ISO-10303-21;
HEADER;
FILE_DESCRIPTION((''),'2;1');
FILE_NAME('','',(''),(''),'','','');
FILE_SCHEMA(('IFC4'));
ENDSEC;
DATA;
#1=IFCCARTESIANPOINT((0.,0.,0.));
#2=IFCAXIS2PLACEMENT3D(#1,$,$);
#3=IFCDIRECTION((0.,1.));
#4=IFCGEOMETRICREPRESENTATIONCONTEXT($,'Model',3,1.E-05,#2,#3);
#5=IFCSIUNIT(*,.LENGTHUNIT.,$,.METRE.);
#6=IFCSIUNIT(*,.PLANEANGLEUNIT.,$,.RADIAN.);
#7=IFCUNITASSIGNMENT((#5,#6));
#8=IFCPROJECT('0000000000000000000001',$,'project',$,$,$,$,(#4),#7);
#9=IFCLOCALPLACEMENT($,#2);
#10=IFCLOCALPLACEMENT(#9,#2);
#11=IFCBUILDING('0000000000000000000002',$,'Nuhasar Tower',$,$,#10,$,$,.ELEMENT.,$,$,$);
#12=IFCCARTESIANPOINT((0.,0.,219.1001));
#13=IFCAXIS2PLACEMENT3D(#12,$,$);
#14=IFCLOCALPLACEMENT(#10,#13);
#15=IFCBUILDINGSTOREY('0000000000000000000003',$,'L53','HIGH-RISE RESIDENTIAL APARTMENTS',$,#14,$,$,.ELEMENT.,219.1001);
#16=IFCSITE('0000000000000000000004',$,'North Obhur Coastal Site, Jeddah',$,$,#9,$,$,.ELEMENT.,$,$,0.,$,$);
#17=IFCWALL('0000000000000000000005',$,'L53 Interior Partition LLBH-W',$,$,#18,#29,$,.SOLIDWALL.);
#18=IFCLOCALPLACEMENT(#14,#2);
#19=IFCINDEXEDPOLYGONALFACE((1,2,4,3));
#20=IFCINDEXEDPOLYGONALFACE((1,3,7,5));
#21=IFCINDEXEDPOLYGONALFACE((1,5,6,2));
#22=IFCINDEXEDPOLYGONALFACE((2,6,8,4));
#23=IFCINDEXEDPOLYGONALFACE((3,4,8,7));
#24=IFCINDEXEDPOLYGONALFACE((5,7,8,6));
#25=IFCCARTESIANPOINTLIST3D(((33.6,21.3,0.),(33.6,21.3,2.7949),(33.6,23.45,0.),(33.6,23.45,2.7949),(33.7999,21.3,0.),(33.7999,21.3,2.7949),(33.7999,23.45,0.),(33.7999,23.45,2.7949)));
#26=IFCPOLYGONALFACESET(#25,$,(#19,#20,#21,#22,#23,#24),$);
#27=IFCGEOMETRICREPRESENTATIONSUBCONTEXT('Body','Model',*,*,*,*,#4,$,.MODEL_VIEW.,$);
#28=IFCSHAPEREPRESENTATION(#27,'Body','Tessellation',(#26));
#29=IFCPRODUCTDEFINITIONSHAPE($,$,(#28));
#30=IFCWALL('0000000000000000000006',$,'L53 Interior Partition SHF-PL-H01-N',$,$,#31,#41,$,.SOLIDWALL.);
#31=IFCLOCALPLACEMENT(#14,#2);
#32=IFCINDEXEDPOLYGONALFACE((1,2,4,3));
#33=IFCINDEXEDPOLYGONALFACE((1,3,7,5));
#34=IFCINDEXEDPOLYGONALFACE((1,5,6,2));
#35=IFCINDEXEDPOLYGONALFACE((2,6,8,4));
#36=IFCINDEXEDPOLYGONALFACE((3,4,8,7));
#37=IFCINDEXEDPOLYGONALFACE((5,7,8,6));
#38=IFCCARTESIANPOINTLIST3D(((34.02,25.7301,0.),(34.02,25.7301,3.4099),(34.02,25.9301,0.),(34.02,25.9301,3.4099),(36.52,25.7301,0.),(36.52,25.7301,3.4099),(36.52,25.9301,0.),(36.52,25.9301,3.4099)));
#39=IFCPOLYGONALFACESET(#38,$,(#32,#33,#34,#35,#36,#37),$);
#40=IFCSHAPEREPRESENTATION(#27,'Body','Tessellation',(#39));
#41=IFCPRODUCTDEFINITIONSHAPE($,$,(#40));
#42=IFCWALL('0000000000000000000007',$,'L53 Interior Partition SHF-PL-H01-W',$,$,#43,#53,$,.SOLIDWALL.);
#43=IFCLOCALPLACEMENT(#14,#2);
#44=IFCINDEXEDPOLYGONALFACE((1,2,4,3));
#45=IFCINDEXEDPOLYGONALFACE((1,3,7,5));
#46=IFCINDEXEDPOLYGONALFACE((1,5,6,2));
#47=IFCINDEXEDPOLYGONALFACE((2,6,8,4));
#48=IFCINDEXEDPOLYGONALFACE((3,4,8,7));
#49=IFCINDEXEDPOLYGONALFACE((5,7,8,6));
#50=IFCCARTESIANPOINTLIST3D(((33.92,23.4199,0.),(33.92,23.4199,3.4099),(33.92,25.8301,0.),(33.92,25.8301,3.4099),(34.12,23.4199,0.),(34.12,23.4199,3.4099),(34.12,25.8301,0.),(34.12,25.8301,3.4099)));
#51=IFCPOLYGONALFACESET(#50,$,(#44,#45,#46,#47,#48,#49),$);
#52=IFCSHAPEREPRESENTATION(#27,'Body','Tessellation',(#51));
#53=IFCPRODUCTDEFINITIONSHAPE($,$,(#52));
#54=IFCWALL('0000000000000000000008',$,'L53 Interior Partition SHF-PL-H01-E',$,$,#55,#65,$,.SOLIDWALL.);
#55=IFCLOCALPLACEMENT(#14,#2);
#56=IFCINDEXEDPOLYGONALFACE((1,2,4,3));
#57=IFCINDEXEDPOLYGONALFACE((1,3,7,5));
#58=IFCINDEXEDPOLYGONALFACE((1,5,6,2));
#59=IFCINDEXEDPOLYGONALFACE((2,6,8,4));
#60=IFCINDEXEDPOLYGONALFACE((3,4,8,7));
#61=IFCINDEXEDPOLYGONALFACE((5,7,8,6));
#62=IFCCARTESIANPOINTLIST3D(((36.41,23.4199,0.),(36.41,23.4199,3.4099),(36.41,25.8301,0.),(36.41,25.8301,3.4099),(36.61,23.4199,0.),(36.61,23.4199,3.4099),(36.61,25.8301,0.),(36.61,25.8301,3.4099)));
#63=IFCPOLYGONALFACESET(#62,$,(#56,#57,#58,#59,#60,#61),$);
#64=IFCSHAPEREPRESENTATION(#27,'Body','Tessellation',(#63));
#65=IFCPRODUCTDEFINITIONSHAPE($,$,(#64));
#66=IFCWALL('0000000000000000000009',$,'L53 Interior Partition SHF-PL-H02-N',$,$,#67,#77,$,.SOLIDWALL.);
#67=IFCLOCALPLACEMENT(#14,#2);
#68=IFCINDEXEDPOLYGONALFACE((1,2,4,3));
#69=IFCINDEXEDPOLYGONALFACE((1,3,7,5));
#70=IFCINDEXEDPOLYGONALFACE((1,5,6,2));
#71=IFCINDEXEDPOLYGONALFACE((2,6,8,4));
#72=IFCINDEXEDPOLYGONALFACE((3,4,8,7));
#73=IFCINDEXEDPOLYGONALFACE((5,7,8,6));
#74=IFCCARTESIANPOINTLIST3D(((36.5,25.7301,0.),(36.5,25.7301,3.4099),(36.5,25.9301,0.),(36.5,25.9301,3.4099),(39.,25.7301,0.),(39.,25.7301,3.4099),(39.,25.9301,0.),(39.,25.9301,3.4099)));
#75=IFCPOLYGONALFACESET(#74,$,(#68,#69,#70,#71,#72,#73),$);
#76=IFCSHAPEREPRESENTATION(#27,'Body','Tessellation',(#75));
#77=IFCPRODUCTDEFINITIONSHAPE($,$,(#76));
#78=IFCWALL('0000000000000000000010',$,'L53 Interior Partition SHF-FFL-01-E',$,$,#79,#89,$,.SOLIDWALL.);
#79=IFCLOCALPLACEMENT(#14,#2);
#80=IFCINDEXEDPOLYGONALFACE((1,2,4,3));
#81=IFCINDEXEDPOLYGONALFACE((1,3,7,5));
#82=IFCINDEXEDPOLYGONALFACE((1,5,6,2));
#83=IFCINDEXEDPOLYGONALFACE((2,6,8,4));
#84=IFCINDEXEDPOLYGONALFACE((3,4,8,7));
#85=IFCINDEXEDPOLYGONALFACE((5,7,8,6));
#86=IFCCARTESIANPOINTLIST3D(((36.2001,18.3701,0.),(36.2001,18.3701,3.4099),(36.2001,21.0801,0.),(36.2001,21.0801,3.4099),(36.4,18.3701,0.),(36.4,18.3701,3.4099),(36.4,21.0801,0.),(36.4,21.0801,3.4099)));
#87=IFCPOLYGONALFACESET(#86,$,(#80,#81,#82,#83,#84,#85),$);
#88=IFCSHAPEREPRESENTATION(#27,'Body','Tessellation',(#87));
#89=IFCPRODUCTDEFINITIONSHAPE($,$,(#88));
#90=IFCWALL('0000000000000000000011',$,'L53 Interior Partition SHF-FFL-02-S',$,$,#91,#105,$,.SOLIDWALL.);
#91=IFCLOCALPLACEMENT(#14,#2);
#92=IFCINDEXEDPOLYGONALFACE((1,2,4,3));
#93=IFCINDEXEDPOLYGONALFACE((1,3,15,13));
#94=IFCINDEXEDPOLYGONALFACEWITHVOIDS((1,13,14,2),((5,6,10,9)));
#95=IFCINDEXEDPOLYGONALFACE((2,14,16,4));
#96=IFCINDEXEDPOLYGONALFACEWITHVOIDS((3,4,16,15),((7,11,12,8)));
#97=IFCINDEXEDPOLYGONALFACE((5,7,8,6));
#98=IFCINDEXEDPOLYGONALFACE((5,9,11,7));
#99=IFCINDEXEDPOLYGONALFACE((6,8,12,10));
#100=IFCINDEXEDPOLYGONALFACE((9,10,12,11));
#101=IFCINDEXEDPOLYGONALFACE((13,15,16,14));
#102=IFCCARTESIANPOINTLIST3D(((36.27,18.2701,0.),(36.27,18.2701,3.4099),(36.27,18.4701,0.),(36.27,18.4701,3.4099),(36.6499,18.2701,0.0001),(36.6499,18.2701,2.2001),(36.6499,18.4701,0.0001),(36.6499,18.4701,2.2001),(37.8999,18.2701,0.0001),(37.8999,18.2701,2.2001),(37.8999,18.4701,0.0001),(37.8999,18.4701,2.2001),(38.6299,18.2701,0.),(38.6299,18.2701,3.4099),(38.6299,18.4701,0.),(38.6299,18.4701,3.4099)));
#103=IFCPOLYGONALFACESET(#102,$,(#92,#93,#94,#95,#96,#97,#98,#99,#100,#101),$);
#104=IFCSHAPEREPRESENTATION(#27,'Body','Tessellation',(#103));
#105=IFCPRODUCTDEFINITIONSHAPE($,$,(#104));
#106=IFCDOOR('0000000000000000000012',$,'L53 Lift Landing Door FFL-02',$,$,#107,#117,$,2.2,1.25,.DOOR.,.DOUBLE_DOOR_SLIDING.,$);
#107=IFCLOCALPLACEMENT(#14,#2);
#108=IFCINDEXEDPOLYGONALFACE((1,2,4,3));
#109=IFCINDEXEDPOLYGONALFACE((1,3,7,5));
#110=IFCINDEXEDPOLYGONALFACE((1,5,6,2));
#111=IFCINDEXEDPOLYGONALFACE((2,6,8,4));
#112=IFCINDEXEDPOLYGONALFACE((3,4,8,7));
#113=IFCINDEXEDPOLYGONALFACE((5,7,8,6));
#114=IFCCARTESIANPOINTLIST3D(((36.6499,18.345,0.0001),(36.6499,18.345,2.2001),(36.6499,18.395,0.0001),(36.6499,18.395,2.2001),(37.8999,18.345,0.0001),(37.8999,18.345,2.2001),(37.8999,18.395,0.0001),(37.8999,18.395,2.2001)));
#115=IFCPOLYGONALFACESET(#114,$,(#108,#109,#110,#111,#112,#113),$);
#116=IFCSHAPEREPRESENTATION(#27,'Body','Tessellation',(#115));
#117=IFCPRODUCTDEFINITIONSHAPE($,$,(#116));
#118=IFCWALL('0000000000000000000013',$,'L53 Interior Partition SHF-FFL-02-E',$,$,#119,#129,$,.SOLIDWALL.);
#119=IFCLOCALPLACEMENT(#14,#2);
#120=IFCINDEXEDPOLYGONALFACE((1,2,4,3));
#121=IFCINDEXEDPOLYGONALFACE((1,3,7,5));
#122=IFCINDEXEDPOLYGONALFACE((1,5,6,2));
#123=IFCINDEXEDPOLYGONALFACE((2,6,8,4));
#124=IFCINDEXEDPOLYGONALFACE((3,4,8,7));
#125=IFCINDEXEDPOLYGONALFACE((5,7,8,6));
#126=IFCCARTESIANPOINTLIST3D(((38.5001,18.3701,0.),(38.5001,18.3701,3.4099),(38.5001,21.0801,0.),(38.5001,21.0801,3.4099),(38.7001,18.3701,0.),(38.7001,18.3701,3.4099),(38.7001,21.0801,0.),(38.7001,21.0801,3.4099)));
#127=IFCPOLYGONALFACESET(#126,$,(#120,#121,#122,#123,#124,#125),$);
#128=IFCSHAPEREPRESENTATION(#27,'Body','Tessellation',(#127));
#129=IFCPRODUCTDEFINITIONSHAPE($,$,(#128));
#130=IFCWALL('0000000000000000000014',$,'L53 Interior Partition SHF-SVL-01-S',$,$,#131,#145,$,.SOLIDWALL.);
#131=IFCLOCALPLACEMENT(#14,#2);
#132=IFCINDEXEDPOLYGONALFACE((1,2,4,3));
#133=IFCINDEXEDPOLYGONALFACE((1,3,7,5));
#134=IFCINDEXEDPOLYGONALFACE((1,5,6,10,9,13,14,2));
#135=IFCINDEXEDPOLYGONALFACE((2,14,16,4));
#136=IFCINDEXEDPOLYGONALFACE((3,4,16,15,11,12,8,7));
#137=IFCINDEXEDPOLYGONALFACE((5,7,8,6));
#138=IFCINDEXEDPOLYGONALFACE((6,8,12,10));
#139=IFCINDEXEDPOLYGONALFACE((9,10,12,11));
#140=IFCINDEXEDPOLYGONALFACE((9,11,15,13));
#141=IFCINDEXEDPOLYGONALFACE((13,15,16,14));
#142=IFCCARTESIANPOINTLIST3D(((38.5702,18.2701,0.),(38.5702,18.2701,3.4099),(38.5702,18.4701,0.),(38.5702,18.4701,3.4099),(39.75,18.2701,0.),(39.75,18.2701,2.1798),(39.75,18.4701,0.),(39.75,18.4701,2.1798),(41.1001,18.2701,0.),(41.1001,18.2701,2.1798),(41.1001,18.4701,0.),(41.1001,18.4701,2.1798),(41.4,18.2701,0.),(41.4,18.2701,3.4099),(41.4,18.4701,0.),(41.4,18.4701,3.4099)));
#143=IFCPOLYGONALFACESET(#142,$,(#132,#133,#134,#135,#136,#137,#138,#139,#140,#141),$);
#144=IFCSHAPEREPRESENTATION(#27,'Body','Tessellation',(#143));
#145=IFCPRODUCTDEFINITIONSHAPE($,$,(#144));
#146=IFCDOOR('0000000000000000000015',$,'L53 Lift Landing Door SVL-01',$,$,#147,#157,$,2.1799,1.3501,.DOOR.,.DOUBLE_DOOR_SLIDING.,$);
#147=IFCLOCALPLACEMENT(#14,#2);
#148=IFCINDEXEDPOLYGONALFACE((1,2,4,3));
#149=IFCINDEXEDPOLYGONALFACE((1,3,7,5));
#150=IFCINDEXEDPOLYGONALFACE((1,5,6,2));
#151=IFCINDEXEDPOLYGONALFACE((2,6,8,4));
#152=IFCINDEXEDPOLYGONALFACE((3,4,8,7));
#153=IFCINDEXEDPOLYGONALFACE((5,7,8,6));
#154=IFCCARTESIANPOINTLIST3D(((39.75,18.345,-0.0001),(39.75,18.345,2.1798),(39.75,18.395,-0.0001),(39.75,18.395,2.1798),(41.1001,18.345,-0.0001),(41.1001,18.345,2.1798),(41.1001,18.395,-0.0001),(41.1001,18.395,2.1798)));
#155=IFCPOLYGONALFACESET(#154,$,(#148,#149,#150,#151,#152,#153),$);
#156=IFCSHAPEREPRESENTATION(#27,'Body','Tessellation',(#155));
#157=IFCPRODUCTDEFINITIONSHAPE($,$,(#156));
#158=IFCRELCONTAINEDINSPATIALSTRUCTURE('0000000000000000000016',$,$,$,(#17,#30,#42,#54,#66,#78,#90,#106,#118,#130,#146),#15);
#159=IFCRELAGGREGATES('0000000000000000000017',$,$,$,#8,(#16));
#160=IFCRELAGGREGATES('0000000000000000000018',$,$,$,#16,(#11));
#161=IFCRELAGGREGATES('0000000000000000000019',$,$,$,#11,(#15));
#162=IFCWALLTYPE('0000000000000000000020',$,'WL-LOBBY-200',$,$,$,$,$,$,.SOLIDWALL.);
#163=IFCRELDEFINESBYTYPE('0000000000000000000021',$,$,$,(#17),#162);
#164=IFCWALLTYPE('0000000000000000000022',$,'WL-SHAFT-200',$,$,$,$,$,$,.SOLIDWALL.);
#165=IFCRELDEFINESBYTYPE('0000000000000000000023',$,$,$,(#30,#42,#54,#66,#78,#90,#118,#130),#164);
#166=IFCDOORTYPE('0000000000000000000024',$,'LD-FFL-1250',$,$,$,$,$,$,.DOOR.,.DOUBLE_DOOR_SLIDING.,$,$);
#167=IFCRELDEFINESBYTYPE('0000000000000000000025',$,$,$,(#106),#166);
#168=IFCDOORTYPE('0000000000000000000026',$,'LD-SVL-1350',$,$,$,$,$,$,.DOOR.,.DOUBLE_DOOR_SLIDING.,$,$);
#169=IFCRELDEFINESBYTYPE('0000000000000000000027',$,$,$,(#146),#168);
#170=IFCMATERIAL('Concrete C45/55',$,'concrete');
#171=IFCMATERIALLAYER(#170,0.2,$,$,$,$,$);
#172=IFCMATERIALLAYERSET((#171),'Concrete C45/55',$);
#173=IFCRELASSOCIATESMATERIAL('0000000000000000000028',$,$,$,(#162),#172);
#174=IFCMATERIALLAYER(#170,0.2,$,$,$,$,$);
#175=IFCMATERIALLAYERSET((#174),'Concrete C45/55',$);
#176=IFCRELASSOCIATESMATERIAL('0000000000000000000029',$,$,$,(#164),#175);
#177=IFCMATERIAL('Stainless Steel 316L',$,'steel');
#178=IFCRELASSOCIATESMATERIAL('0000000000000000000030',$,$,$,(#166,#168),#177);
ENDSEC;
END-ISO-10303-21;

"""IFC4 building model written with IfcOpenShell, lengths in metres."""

from ifc_helpers import new_model, si_unit, direction, frame, frame_2d, origin, place, context, subcontext, project, spatial, rectangle, extrude, material, layer, layer_set, type_object, element, fill, save


model = new_model("IFC4")

# Units and contexts
model_context = context("Model", 3, precision=1e-05, world=origin(), true_north=direction((0.0, 1.0)))
body_context = subcontext(model_context, "Body", "Model", "MODEL_VIEW")
ifc_project = project(units=[si_unit("LENGTHUNIT", "METRE"), si_unit("PLANEANGLEUNIT", "RADIAN")], contexts=[model_context])

# Site, building, storey
site_placement = place(None, origin())
site = spatial("IfcSite", under=ifc_project, at=site_placement, Name="North Obhur Coastal Site, Jeddah", CompositionType="ELEMENT", RefElevation=0.0)
building_placement = place(site_placement, origin())
building = spatial("IfcBuilding", under=site, at=building_placement, Name="Nuhasar Tower", CompositionType="ELEMENT")
storey_placement = place(building_placement, frame((0.0, 0.0, 219.1001)))
storey = spatial("IfcBuildingStorey", under=building, at=storey_placement, Name="L53", Description="HIGH-RISE RESIDENTIAL APARTMENTS", CompositionType="ELEMENT", Elevation=219.1001)

# Wall
ifc_material_1 = material(Name="Concrete C45/55", Category="concrete")
ifc_layer_1 = layer(ifc_material_1, 0.2)
ifc_layer_set_1 = layer_set([ifc_layer_1], Name="Concrete C45/55")
wall_type_1 = type_object("IfcWallType", Name="WL-LOBBY-200", PredefinedType="SOLIDWALL", material=ifc_layer_set_1)
wall_1_placement = place(storey_placement, frame((33.7, 21.3, 0.0), z_axis=(0.0, 0.0, 1.0), x_axis=(0.0, 1.0, 0.0)))
element("IfcWall", 1, at=wall_1_placement, inside=storey, type_object=wall_type_1, Name="L53 Interior Partition LLBH-W", PredefinedType="SOLIDWALL", context=body_context, shape_type="SweptSolid", body=[
    extrude(rectangle(XDim=2.1499, YDim=0.2, at=frame_2d((1.075, 0.0))), origin(), (0.0, 0.0, 1.0), 2.7949),
])

# Shared definitions
ifc_layer_2 = layer(ifc_material_1, 0.2)
ifc_layer_set_2 = layer_set([ifc_layer_2], Name="Concrete C45/55")
wall_type_2 = type_object("IfcWallType", Name="WL-SHAFT-200", PredefinedType="SOLIDWALL", material=ifc_layer_set_2)
ifc_material_2 = material(Name="Stainless Steel 316L", Category="steel")

# Walls
wall_2_placement = place(storey_placement, frame((34.02, 25.8301, 0.0), z_axis=(0.0, 0.0, 1.0), x_axis=(1.0, 0.0, 0.0)))
element("IfcWall", 2, at=wall_2_placement, inside=storey, type_object=wall_type_2, Name="L53 Interior Partition SHF-PL-H01-N", PredefinedType="SOLIDWALL", context=body_context, shape_type="SweptSolid", body=[
    extrude(rectangle(XDim=2.5, YDim=0.2, at=frame_2d((1.25, 0.0))), origin(), (0.0, 0.0, 1.0), 3.4099),
])
for number, where, z_axis, x_axis, name in (
    (3, (34.02, 23.4199, 0.0), (0.0, 0.0, 1.0), (0.0, 1.0, 0.0), "L53 Interior Partition SHF-PL-H01-W"),
    (4, (36.51, 23.4199, 0.0), (0.0, 0.0, 1.0), (0.0, 1.0, 0.0), "L53 Interior Partition SHF-PL-H01-E"),
):
    element("IfcWall", number, at=place(storey_placement, frame(where, z_axis=z_axis, x_axis=x_axis)), inside=storey, type_object=wall_type_2, Name=name, PredefinedType="SOLIDWALL", context=body_context, shape_type="SweptSolid", body=[
        extrude(rectangle(XDim=2.4102, YDim=0.2, at=frame_2d((1.2051, 0.0))), origin(), (0.0, 0.0, 1.0), 3.4099),
    ])

# Walls
wall_3_placement = place(storey_placement, frame((36.5, 25.8301, 0.0), z_axis=(0.0, 0.0, 1.0), x_axis=(1.0, 0.0, 0.0)))
element("IfcWall", 5, at=wall_3_placement, inside=storey, type_object=wall_type_2, Name="L53 Interior Partition SHF-PL-H02-N", PredefinedType="SOLIDWALL", context=body_context, shape_type="SweptSolid", body=[
    extrude(rectangle(XDim=2.5, YDim=0.2, at=frame_2d((1.25, 0.0))), origin(), (0.0, 0.0, 1.0), 3.4099),
])
wall_4_placement = place(storey_placement, frame((36.3, 18.3701, 0.0), z_axis=(0.0, 0.0, 1.0), x_axis=(0.0, 1.0, 0.0)))
element("IfcWall", 6, at=wall_4_placement, inside=storey, type_object=wall_type_2, Name="L53 Interior Partition SHF-FFL-01-E", PredefinedType="SOLIDWALL", context=body_context, shape_type="SweptSolid", body=[
    extrude(rectangle(XDim=2.71, YDim=0.2, at=frame_2d((1.355, 0.0))), origin(), (0.0, 0.0, 1.0), 3.4099),
])

# Wall, opening, door
wall_5_placement = place(storey_placement, frame((36.27, 18.3701, 0.0), z_axis=(0.0, 0.0, 1.0), x_axis=(1.0, 0.0, 0.0)))
wall_5 = element("IfcWall", 7, at=wall_5_placement, inside=storey, type_object=wall_type_2, Name="L53 Interior Partition SHF-FFL-02-S", PredefinedType="SOLIDWALL", context=body_context, shape_type="SweptSolid", body=[
    extrude(rectangle(XDim=2.3599, YDim=0.2, at=frame_2d((1.1799, 0.0))), origin(), (0.0, 0.0, 1.0), 3.4099),
])
opening_1_placement = place(wall_5_placement, frame((0.3799, 0.0, 0.0)))
opening_1 = element("IfcOpeningElement", 8, at=opening_1_placement, cuts=wall_5, PredefinedType="OPENING", context=body_context, shape_type="SweptSolid", body=[
    extrude(rectangle(XDim=1.25, YDim=2.2, at=frame_2d((0.625, 1.1001))), frame((0.0, 0.1099, 0.0), z_axis=(0.0, -1.0, 0.0), x_axis=(1.0, 0.0, 0.0)), (0.0, 0.0, 1.0), 0.22),
])
door_type_1 = type_object("IfcDoorType", Name="LD-FFL-1250", OperationType="DOUBLE_DOOR_SLIDING", PredefinedType="DOOR", material=ifc_material_2)
door_1_placement = place(opening_1_placement, origin())
door_1 = element("IfcDoor", 9, at=door_1_placement, inside=storey, type_object=door_type_1, Name="L53 Lift Landing Door FFL-02", OperationType="DOUBLE_DOOR_SLIDING", OverallHeight=2.2, OverallWidth=1.25, PredefinedType="DOOR", context=body_context, shape_type="SweptSolid", body=[
    extrude(rectangle(XDim=1.25, YDim=2.2, at=frame_2d((0.625, 1.1001))), frame((0.0, 0.0249, 0.0), z_axis=(0.0, -1.0, 0.0), x_axis=(1.0, 0.0, 0.0)), (0.0, 0.0, 1.0), 0.05),
])
fill(opening_1, door_1)

# Wall
wall_6_placement = place(storey_placement, frame((38.6001, 18.3701, 0.0), z_axis=(0.0, 0.0, 1.0), x_axis=(0.0, 1.0, 0.0)))
element("IfcWall", 10, at=wall_6_placement, inside=storey, type_object=wall_type_2, Name="L53 Interior Partition SHF-FFL-02-E", PredefinedType="SOLIDWALL", context=body_context, shape_type="SweptSolid", body=[
    extrude(rectangle(XDim=2.71, YDim=0.2, at=frame_2d((1.355, 0.0))), origin(), (0.0, 0.0, 1.0), 3.4099),
])

# Wall, opening, door
wall_7_placement = place(storey_placement, frame((38.5701, 18.3701, 0.0), z_axis=(0.0, 0.0, 1.0), x_axis=(1.0, 0.0, 0.0)))
wall_7 = element("IfcWall", 11, at=wall_7_placement, inside=storey, type_object=wall_type_2, Name="L53 Interior Partition SHF-SVL-01-S", PredefinedType="SOLIDWALL", context=body_context, shape_type="SweptSolid", body=[
    extrude(rectangle(XDim=2.8298, YDim=0.2, at=frame_2d((1.415, 0.0))), origin(), (0.0, 0.0, 1.0), 3.4099),
])
opening_2_placement = place(wall_7_placement, frame((1.1799, 0.0, 0.0)))
opening_2 = element("IfcOpeningElement", 12, at=opening_2_placement, cuts=wall_7, PredefinedType="OPENING", context=body_context, shape_type="SweptSolid", body=[
    extrude(rectangle(XDim=1.3501, YDim=2.1799, at=frame_2d((0.675, 1.0898))), frame((0.0, 0.1099, 0.0), z_axis=(0.0, -1.0, 0.0), x_axis=(1.0, 0.0, 0.0)), (0.0, 0.0, 1.0), 0.22),
])
door_type_2 = type_object("IfcDoorType", Name="LD-SVL-1350", OperationType="DOUBLE_DOOR_SLIDING", PredefinedType="DOOR", material=ifc_material_2)
door_2_placement = place(opening_2_placement, origin())
door_2 = element("IfcDoor", 13, at=door_2_placement, inside=storey, type_object=door_type_2, Name="L53 Lift Landing Door SVL-01", OperationType="DOUBLE_DOOR_SLIDING", OverallHeight=2.1799, OverallWidth=1.3501, PredefinedType="DOOR", context=body_context, shape_type="SweptSolid", body=[
    extrude(rectangle(XDim=1.3501, YDim=2.1799, at=frame_2d((0.675, 1.0898))), frame((0.0, 0.0249, 0.0), z_axis=(0.0, -1.0, 0.0), x_axis=(1.0, 0.0, 0.0)), (0.0, 0.0, 1.0), 0.05),
])
fill(opening_2, door_2)

save(model, "model.ifc")
